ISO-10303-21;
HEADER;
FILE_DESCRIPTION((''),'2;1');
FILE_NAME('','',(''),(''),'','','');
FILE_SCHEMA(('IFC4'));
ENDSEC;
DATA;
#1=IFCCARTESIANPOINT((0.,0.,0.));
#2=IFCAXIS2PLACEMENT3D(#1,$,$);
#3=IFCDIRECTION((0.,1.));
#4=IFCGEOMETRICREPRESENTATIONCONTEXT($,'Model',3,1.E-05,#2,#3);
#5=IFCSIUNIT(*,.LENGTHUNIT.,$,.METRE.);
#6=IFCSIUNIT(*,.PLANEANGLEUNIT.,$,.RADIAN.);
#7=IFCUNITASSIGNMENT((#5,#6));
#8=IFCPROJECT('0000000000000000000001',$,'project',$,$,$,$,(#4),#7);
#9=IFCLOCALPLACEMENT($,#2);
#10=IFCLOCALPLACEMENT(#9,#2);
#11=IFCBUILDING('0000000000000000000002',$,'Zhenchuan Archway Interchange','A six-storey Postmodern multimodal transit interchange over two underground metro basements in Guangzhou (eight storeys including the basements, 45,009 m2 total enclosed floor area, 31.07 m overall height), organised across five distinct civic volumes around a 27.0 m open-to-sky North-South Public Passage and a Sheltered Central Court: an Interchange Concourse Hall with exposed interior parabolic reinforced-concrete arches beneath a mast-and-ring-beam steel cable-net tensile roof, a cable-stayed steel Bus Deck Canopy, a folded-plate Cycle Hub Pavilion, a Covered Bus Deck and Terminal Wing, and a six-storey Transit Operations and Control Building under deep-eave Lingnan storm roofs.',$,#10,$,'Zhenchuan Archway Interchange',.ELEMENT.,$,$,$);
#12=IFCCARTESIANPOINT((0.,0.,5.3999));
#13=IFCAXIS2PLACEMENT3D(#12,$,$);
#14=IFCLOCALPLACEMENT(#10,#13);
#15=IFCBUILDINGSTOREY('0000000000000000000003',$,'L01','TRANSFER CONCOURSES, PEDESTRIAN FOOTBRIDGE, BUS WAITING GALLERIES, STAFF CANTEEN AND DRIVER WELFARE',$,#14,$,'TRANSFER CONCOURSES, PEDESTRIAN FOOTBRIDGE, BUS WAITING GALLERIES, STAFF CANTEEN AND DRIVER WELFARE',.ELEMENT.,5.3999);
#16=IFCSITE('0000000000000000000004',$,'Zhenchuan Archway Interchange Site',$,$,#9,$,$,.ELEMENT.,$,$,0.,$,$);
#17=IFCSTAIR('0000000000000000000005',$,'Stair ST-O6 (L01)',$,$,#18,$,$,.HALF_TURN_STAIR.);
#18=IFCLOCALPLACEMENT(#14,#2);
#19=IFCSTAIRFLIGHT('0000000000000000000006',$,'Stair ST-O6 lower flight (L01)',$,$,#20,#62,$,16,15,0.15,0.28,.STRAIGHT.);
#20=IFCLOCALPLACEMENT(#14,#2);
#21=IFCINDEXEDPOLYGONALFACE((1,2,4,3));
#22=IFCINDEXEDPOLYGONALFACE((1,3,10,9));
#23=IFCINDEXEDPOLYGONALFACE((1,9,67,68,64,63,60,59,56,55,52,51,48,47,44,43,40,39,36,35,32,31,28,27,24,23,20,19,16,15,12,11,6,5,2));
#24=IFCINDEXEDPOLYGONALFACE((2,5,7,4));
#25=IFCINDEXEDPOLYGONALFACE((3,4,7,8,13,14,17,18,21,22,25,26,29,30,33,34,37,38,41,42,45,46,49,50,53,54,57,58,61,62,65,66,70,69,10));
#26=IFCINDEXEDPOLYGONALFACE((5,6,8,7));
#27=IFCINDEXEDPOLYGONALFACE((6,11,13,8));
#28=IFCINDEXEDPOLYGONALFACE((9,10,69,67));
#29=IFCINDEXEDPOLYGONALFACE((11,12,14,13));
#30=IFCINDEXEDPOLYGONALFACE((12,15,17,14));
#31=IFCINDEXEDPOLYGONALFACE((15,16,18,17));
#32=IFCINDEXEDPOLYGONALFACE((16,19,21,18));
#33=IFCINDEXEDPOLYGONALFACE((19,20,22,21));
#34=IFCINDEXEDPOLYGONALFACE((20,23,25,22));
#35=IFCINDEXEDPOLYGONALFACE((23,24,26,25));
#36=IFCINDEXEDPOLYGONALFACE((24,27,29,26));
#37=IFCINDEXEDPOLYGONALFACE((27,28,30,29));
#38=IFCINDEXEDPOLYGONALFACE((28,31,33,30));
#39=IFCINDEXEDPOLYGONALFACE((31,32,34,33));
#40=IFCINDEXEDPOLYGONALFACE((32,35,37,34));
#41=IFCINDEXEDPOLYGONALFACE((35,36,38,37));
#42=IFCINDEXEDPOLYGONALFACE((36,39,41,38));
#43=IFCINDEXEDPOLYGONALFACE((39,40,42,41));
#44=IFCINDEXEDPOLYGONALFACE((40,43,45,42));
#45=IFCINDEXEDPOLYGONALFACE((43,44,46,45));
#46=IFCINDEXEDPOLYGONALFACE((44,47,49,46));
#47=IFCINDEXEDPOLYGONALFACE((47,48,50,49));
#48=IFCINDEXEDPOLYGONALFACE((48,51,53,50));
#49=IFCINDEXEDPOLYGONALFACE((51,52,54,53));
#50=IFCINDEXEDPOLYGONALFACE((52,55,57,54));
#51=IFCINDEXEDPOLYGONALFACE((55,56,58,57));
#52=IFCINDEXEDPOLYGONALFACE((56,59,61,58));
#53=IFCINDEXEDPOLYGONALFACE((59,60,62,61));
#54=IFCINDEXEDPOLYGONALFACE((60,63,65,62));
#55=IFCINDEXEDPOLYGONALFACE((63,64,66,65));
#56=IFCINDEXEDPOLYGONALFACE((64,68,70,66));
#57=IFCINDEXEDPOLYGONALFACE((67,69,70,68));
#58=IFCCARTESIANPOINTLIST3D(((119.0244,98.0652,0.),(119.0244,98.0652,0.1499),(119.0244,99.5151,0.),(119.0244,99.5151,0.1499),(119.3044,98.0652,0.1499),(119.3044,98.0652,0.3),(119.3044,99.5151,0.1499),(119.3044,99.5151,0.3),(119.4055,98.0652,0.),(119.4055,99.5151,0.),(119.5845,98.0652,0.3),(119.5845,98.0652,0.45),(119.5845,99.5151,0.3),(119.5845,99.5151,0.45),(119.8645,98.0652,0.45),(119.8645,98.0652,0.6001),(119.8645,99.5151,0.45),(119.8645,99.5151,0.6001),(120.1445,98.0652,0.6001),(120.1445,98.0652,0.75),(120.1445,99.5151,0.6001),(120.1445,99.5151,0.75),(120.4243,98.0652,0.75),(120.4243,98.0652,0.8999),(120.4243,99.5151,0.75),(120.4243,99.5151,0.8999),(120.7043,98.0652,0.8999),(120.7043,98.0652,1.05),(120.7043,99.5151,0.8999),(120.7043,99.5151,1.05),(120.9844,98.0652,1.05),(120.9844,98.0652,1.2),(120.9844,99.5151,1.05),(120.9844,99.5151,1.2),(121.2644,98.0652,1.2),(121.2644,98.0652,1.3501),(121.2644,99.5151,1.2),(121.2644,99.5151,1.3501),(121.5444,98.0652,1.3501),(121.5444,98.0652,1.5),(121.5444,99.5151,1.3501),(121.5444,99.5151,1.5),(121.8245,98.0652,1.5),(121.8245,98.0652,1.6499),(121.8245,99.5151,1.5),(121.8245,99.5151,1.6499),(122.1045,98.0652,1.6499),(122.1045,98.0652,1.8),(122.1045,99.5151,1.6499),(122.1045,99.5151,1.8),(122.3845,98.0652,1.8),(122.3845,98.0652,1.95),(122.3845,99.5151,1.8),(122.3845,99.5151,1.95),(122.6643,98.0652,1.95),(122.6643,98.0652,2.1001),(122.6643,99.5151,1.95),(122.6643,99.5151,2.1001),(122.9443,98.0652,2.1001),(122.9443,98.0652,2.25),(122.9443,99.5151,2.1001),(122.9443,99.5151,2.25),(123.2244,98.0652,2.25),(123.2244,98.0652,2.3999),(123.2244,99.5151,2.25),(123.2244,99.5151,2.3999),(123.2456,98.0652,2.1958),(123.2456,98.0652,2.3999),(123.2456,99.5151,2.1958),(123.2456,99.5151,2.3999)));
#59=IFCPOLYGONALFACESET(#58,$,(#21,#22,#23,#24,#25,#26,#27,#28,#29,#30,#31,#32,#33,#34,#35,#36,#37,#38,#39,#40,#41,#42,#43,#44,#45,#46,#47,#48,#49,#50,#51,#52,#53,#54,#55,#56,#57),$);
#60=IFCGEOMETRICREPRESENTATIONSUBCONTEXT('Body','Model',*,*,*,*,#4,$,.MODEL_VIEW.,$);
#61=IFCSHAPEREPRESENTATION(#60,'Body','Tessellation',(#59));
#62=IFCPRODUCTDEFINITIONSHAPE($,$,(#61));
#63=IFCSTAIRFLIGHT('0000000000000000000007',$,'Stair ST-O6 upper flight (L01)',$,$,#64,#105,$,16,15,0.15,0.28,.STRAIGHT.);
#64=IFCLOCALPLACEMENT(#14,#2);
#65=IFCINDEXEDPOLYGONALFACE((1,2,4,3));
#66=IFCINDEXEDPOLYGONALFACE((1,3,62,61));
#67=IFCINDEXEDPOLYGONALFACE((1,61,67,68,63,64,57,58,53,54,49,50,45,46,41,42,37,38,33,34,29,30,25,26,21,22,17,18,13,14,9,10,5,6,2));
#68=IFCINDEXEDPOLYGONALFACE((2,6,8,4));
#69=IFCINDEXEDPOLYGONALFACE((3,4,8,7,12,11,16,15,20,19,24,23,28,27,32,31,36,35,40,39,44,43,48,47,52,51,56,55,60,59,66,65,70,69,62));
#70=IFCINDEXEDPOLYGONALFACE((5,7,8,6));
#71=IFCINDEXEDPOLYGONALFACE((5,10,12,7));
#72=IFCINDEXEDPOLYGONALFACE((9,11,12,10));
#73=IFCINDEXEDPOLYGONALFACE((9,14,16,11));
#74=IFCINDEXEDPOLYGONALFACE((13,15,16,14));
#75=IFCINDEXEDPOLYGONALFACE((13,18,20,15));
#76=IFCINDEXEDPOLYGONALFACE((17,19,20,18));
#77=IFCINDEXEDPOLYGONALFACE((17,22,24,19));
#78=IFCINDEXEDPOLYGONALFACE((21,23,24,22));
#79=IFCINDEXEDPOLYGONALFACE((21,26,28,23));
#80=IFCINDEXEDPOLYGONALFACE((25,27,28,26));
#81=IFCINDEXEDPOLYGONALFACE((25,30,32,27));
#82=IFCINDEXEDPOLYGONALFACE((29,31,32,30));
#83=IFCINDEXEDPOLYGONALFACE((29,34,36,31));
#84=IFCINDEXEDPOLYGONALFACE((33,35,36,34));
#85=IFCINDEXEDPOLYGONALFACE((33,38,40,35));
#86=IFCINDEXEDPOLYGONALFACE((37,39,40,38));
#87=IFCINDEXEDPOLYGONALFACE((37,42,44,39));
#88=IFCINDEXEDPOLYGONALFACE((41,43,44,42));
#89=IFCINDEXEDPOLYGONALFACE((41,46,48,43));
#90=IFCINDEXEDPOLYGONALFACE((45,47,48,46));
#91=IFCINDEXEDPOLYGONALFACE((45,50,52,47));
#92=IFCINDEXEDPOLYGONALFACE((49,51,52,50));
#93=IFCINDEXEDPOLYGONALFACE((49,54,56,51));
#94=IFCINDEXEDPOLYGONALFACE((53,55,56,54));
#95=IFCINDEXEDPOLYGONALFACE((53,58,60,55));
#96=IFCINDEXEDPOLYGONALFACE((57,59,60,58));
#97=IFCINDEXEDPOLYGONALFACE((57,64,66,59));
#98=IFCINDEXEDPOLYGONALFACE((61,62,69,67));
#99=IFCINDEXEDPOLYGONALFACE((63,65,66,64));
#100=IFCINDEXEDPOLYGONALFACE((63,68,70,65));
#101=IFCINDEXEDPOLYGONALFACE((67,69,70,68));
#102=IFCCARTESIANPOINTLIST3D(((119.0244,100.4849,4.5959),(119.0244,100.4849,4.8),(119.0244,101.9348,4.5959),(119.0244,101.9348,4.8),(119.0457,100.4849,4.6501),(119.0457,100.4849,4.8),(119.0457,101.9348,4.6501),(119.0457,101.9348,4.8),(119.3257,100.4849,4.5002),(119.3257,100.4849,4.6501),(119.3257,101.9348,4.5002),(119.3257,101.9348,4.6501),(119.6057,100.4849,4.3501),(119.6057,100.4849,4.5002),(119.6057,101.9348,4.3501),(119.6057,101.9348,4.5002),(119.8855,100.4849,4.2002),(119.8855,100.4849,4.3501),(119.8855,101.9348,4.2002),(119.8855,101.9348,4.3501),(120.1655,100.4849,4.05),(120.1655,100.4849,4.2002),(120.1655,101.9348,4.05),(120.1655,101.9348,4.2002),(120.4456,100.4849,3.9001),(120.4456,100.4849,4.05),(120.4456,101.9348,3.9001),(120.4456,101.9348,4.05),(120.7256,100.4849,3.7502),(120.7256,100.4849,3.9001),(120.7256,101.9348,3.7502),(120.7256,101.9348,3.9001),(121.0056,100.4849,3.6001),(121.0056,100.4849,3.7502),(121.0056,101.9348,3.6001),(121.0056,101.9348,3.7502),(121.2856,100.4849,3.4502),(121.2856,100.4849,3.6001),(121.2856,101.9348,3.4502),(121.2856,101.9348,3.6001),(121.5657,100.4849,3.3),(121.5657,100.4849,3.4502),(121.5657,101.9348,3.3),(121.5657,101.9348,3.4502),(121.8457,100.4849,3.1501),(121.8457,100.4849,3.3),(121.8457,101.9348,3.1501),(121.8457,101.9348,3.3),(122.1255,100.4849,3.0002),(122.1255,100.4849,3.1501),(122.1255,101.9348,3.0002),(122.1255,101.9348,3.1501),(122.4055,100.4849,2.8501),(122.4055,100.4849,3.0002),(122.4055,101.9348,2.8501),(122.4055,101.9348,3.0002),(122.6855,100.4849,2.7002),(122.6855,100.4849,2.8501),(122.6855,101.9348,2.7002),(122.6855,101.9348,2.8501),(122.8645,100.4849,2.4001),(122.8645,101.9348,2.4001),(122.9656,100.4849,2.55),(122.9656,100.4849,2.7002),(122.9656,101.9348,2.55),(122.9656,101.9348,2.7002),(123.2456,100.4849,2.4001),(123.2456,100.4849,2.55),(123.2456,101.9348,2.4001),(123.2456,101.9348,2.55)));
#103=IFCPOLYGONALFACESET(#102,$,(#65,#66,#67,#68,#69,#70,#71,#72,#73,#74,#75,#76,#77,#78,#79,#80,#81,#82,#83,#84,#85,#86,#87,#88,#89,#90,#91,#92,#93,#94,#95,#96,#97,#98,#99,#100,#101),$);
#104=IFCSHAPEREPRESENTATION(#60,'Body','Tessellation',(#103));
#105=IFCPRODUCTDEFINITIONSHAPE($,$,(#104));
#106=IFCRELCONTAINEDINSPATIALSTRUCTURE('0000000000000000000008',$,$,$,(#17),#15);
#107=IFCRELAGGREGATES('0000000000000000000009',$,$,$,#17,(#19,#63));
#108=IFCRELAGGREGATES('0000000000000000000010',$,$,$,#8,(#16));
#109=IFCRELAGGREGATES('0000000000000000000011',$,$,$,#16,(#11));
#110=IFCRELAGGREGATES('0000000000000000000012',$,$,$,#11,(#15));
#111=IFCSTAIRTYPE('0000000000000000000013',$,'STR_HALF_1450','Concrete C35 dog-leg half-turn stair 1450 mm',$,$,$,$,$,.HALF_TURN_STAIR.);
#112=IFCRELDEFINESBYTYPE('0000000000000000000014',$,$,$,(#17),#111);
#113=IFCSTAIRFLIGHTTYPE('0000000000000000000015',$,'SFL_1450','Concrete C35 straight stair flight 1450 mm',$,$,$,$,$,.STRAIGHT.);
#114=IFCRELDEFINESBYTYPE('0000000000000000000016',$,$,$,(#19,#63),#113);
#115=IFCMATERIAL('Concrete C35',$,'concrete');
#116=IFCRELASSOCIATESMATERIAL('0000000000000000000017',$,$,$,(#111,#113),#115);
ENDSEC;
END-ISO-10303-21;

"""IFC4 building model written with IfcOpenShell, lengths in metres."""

from ifc_helpers import new_model, si_unit, direction, frame, origin, place, context, subcontext, project, spatial, polyline, outline, extrude, material, type_object, element, aggregate, save


model = new_model("IFC4")

# Units and contexts
model_context = context("Model", 3, precision=1e-05, world=origin(), true_north=direction((0.0, 1.0)))
body_context = subcontext(model_context, "Body", "Model", "MODEL_VIEW")
ifc_project = project(units=[si_unit("LENGTHUNIT", "METRE"), si_unit("PLANEANGLEUNIT", "RADIAN")], contexts=[model_context])

# Site, building, storey
site_placement = place(None, origin())
site = spatial("IfcSite", under=ifc_project, at=site_placement, Name="Zhenchuan Archway Interchange Site", CompositionType="ELEMENT", RefElevation=0.0)
building_placement = place(site_placement, origin())
building = spatial("IfcBuilding", under=site, at=building_placement, Name="Zhenchuan Archway Interchange", Description="A six-storey Postmodern multimodal transit interchange over two underground metro basements in Guangzhou (eight storeys including the basements, 45,009 m2 total enclosed floor area, 31.07 m overall height), organised across five distinct civic volumes around a 27.0 m open-to-sky North-South Public Passage and a Sheltered Central Court: an Interchange Concourse Hall with exposed interior parabolic reinforced-concrete arches beneath a mast-and-ring-beam steel cable-net tensile roof, a cable-stayed steel Bus Deck Canopy, a folded-plate Cycle Hub Pavilion, a Covered Bus Deck and Terminal Wing, and a six-storey Transit Operations and Control Building under deep-eave Lingnan storm roofs.", LongName="Zhenchuan Archway Interchange", CompositionType="ELEMENT")
storey_placement = place(building_placement, frame((0.0, 0.0, 5.3999)))
storey = spatial("IfcBuildingStorey", under=building, at=storey_placement, Name="L01", Description="TRANSFER CONCOURSES, PEDESTRIAN FOOTBRIDGE, BUS WAITING GALLERIES, STAFF CANTEEN AND DRIVER WELFARE", LongName="TRANSFER CONCOURSES, PEDESTRIAN FOOTBRIDGE, BUS WAITING GALLERIES, STAFF CANTEEN AND DRIVER WELFARE", CompositionType="ELEMENT", Elevation=5.3999)

# Stair, stair flights
ifc_material_1 = material(Name="Concrete C35", Category="concrete")
stair_type = type_object("IfcStairType", Name="STR_HALF_1450", Description="Concrete C35 dog-leg half-turn stair 1450 mm", PredefinedType="HALF_TURN_STAIR", material=ifc_material_1)
stair_placement = place(storey_placement, origin())
stair = element("IfcStair", 1, at=stair_placement, inside=storey, type_object=stair_type, Name="Stair ST-O6 (L01)", PredefinedType="HALF_TURN_STAIR")
stair_flight_type = type_object("IfcStairFlightType", Name="SFL_1450", Description="Concrete C35 straight stair flight 1450 mm", PredefinedType="STRAIGHT", material=ifc_material_1)
stair_flight_1_placement = place(storey_placement, frame((119.0244, 98.79, 0.0), z_axis=(0.0, 0.0, 1.0), x_axis=(1.0, 0.0, 0.0)))
stair_flight_1 = element("IfcStairFlight", 2, at=stair_flight_1_placement, type_object=stair_flight_type, Name="Stair ST-O6 lower flight (L01)", NumberOfRisers=16, NumberOfTreads=15, PredefinedType="STRAIGHT", RiserHeight=0.15, TreadLength=0.28, context=body_context, shape_type="SweptSolid", body=[
    extrude(outline(polyline([(0.0, 0.0), (0.0, 0.1499), (0.28, 0.1499), (0.28, 0.3), (0.5601, 0.3), (0.5601, 0.45), (0.8401, 0.45), (0.8401, 0.6001), (1.1201, 0.6001), (1.1201, 0.75), (1.3999, 0.75), (1.3999, 0.8999), (1.6799, 0.8999), (1.6799, 1.05), (1.96, 1.05), (1.96, 1.2), (2.24, 1.2), (2.24, 1.3501), (2.52, 1.3501), (2.52, 1.5), (2.8, 1.5), (2.8, 1.6499), (3.0801, 1.6499), (3.0801, 1.8), (3.3601, 1.8), (3.3601, 1.95), (3.6399, 1.95), (3.6399, 2.1001), (3.9199, 2.1001), (3.9199, 2.25), (4.2, 2.25), (4.2, 2.3999), (4.2212, 2.3999), (4.2212, 2.1958), (0.3811, 0.0), (0.0, 0.0)])), frame((0.0, 0.7251, 0.0), z_axis=(0.0, -1.0, 0.0), x_axis=(1.0, 0.0, 0.0)), (0.0, 0.0, 1.0), 1.45),
])
stair_flight_2_placement = place(storey_placement, frame((123.2456, 101.21, 2.4001), z_axis=(0.0, 0.0, 1.0), x_axis=(-1.0, 0.0, 0.0)))
stair_flight_2 = element("IfcStairFlight", 3, at=stair_flight_2_placement, type_object=stair_flight_type, Name="Stair ST-O6 upper flight (L01)", NumberOfRisers=16, NumberOfTreads=15, PredefinedType="STRAIGHT", RiserHeight=0.15, TreadLength=0.28, context=body_context, shape_type="SweptSolid", body=[
    extrude(outline(polyline([(0.0, 0.0), (0.0, 0.1499), (0.28, 0.1499), (0.28, 0.3), (0.5601, 0.3), (0.5601, 0.45), (0.8401, 0.45), (0.8401, 0.6001), (1.1201, 0.6001), (1.1201, 0.75), (1.3999, 0.75), (1.3999, 0.8999), (1.6799, 0.8999), (1.6799, 1.05), (1.96, 1.05), (1.96, 1.2), (2.24, 1.2), (2.24, 1.3501), (2.52, 1.3501), (2.52, 1.5), (2.8, 1.5), (2.8, 1.6499), (3.0801, 1.6499), (3.0801, 1.8), (3.3601, 1.8), (3.3601, 1.95), (3.6399, 1.95), (3.6399, 2.1001), (3.9199, 2.1001), (3.9199, 2.25), (4.2, 2.25), (4.2, 2.3999), (4.2212, 2.3999), (4.2212, 2.1958), (0.3811, 0.0), (0.0, 0.0)])), frame((0.0, 0.7251, 0.0), z_axis=(0.0, -1.0, 0.0), x_axis=(1.0, 0.0, 0.0)), (0.0, 0.0, 1.0), 1.45),
])
aggregate(stair, [stair_flight_1, stair_flight_2])

save(model, "model.ifc")
